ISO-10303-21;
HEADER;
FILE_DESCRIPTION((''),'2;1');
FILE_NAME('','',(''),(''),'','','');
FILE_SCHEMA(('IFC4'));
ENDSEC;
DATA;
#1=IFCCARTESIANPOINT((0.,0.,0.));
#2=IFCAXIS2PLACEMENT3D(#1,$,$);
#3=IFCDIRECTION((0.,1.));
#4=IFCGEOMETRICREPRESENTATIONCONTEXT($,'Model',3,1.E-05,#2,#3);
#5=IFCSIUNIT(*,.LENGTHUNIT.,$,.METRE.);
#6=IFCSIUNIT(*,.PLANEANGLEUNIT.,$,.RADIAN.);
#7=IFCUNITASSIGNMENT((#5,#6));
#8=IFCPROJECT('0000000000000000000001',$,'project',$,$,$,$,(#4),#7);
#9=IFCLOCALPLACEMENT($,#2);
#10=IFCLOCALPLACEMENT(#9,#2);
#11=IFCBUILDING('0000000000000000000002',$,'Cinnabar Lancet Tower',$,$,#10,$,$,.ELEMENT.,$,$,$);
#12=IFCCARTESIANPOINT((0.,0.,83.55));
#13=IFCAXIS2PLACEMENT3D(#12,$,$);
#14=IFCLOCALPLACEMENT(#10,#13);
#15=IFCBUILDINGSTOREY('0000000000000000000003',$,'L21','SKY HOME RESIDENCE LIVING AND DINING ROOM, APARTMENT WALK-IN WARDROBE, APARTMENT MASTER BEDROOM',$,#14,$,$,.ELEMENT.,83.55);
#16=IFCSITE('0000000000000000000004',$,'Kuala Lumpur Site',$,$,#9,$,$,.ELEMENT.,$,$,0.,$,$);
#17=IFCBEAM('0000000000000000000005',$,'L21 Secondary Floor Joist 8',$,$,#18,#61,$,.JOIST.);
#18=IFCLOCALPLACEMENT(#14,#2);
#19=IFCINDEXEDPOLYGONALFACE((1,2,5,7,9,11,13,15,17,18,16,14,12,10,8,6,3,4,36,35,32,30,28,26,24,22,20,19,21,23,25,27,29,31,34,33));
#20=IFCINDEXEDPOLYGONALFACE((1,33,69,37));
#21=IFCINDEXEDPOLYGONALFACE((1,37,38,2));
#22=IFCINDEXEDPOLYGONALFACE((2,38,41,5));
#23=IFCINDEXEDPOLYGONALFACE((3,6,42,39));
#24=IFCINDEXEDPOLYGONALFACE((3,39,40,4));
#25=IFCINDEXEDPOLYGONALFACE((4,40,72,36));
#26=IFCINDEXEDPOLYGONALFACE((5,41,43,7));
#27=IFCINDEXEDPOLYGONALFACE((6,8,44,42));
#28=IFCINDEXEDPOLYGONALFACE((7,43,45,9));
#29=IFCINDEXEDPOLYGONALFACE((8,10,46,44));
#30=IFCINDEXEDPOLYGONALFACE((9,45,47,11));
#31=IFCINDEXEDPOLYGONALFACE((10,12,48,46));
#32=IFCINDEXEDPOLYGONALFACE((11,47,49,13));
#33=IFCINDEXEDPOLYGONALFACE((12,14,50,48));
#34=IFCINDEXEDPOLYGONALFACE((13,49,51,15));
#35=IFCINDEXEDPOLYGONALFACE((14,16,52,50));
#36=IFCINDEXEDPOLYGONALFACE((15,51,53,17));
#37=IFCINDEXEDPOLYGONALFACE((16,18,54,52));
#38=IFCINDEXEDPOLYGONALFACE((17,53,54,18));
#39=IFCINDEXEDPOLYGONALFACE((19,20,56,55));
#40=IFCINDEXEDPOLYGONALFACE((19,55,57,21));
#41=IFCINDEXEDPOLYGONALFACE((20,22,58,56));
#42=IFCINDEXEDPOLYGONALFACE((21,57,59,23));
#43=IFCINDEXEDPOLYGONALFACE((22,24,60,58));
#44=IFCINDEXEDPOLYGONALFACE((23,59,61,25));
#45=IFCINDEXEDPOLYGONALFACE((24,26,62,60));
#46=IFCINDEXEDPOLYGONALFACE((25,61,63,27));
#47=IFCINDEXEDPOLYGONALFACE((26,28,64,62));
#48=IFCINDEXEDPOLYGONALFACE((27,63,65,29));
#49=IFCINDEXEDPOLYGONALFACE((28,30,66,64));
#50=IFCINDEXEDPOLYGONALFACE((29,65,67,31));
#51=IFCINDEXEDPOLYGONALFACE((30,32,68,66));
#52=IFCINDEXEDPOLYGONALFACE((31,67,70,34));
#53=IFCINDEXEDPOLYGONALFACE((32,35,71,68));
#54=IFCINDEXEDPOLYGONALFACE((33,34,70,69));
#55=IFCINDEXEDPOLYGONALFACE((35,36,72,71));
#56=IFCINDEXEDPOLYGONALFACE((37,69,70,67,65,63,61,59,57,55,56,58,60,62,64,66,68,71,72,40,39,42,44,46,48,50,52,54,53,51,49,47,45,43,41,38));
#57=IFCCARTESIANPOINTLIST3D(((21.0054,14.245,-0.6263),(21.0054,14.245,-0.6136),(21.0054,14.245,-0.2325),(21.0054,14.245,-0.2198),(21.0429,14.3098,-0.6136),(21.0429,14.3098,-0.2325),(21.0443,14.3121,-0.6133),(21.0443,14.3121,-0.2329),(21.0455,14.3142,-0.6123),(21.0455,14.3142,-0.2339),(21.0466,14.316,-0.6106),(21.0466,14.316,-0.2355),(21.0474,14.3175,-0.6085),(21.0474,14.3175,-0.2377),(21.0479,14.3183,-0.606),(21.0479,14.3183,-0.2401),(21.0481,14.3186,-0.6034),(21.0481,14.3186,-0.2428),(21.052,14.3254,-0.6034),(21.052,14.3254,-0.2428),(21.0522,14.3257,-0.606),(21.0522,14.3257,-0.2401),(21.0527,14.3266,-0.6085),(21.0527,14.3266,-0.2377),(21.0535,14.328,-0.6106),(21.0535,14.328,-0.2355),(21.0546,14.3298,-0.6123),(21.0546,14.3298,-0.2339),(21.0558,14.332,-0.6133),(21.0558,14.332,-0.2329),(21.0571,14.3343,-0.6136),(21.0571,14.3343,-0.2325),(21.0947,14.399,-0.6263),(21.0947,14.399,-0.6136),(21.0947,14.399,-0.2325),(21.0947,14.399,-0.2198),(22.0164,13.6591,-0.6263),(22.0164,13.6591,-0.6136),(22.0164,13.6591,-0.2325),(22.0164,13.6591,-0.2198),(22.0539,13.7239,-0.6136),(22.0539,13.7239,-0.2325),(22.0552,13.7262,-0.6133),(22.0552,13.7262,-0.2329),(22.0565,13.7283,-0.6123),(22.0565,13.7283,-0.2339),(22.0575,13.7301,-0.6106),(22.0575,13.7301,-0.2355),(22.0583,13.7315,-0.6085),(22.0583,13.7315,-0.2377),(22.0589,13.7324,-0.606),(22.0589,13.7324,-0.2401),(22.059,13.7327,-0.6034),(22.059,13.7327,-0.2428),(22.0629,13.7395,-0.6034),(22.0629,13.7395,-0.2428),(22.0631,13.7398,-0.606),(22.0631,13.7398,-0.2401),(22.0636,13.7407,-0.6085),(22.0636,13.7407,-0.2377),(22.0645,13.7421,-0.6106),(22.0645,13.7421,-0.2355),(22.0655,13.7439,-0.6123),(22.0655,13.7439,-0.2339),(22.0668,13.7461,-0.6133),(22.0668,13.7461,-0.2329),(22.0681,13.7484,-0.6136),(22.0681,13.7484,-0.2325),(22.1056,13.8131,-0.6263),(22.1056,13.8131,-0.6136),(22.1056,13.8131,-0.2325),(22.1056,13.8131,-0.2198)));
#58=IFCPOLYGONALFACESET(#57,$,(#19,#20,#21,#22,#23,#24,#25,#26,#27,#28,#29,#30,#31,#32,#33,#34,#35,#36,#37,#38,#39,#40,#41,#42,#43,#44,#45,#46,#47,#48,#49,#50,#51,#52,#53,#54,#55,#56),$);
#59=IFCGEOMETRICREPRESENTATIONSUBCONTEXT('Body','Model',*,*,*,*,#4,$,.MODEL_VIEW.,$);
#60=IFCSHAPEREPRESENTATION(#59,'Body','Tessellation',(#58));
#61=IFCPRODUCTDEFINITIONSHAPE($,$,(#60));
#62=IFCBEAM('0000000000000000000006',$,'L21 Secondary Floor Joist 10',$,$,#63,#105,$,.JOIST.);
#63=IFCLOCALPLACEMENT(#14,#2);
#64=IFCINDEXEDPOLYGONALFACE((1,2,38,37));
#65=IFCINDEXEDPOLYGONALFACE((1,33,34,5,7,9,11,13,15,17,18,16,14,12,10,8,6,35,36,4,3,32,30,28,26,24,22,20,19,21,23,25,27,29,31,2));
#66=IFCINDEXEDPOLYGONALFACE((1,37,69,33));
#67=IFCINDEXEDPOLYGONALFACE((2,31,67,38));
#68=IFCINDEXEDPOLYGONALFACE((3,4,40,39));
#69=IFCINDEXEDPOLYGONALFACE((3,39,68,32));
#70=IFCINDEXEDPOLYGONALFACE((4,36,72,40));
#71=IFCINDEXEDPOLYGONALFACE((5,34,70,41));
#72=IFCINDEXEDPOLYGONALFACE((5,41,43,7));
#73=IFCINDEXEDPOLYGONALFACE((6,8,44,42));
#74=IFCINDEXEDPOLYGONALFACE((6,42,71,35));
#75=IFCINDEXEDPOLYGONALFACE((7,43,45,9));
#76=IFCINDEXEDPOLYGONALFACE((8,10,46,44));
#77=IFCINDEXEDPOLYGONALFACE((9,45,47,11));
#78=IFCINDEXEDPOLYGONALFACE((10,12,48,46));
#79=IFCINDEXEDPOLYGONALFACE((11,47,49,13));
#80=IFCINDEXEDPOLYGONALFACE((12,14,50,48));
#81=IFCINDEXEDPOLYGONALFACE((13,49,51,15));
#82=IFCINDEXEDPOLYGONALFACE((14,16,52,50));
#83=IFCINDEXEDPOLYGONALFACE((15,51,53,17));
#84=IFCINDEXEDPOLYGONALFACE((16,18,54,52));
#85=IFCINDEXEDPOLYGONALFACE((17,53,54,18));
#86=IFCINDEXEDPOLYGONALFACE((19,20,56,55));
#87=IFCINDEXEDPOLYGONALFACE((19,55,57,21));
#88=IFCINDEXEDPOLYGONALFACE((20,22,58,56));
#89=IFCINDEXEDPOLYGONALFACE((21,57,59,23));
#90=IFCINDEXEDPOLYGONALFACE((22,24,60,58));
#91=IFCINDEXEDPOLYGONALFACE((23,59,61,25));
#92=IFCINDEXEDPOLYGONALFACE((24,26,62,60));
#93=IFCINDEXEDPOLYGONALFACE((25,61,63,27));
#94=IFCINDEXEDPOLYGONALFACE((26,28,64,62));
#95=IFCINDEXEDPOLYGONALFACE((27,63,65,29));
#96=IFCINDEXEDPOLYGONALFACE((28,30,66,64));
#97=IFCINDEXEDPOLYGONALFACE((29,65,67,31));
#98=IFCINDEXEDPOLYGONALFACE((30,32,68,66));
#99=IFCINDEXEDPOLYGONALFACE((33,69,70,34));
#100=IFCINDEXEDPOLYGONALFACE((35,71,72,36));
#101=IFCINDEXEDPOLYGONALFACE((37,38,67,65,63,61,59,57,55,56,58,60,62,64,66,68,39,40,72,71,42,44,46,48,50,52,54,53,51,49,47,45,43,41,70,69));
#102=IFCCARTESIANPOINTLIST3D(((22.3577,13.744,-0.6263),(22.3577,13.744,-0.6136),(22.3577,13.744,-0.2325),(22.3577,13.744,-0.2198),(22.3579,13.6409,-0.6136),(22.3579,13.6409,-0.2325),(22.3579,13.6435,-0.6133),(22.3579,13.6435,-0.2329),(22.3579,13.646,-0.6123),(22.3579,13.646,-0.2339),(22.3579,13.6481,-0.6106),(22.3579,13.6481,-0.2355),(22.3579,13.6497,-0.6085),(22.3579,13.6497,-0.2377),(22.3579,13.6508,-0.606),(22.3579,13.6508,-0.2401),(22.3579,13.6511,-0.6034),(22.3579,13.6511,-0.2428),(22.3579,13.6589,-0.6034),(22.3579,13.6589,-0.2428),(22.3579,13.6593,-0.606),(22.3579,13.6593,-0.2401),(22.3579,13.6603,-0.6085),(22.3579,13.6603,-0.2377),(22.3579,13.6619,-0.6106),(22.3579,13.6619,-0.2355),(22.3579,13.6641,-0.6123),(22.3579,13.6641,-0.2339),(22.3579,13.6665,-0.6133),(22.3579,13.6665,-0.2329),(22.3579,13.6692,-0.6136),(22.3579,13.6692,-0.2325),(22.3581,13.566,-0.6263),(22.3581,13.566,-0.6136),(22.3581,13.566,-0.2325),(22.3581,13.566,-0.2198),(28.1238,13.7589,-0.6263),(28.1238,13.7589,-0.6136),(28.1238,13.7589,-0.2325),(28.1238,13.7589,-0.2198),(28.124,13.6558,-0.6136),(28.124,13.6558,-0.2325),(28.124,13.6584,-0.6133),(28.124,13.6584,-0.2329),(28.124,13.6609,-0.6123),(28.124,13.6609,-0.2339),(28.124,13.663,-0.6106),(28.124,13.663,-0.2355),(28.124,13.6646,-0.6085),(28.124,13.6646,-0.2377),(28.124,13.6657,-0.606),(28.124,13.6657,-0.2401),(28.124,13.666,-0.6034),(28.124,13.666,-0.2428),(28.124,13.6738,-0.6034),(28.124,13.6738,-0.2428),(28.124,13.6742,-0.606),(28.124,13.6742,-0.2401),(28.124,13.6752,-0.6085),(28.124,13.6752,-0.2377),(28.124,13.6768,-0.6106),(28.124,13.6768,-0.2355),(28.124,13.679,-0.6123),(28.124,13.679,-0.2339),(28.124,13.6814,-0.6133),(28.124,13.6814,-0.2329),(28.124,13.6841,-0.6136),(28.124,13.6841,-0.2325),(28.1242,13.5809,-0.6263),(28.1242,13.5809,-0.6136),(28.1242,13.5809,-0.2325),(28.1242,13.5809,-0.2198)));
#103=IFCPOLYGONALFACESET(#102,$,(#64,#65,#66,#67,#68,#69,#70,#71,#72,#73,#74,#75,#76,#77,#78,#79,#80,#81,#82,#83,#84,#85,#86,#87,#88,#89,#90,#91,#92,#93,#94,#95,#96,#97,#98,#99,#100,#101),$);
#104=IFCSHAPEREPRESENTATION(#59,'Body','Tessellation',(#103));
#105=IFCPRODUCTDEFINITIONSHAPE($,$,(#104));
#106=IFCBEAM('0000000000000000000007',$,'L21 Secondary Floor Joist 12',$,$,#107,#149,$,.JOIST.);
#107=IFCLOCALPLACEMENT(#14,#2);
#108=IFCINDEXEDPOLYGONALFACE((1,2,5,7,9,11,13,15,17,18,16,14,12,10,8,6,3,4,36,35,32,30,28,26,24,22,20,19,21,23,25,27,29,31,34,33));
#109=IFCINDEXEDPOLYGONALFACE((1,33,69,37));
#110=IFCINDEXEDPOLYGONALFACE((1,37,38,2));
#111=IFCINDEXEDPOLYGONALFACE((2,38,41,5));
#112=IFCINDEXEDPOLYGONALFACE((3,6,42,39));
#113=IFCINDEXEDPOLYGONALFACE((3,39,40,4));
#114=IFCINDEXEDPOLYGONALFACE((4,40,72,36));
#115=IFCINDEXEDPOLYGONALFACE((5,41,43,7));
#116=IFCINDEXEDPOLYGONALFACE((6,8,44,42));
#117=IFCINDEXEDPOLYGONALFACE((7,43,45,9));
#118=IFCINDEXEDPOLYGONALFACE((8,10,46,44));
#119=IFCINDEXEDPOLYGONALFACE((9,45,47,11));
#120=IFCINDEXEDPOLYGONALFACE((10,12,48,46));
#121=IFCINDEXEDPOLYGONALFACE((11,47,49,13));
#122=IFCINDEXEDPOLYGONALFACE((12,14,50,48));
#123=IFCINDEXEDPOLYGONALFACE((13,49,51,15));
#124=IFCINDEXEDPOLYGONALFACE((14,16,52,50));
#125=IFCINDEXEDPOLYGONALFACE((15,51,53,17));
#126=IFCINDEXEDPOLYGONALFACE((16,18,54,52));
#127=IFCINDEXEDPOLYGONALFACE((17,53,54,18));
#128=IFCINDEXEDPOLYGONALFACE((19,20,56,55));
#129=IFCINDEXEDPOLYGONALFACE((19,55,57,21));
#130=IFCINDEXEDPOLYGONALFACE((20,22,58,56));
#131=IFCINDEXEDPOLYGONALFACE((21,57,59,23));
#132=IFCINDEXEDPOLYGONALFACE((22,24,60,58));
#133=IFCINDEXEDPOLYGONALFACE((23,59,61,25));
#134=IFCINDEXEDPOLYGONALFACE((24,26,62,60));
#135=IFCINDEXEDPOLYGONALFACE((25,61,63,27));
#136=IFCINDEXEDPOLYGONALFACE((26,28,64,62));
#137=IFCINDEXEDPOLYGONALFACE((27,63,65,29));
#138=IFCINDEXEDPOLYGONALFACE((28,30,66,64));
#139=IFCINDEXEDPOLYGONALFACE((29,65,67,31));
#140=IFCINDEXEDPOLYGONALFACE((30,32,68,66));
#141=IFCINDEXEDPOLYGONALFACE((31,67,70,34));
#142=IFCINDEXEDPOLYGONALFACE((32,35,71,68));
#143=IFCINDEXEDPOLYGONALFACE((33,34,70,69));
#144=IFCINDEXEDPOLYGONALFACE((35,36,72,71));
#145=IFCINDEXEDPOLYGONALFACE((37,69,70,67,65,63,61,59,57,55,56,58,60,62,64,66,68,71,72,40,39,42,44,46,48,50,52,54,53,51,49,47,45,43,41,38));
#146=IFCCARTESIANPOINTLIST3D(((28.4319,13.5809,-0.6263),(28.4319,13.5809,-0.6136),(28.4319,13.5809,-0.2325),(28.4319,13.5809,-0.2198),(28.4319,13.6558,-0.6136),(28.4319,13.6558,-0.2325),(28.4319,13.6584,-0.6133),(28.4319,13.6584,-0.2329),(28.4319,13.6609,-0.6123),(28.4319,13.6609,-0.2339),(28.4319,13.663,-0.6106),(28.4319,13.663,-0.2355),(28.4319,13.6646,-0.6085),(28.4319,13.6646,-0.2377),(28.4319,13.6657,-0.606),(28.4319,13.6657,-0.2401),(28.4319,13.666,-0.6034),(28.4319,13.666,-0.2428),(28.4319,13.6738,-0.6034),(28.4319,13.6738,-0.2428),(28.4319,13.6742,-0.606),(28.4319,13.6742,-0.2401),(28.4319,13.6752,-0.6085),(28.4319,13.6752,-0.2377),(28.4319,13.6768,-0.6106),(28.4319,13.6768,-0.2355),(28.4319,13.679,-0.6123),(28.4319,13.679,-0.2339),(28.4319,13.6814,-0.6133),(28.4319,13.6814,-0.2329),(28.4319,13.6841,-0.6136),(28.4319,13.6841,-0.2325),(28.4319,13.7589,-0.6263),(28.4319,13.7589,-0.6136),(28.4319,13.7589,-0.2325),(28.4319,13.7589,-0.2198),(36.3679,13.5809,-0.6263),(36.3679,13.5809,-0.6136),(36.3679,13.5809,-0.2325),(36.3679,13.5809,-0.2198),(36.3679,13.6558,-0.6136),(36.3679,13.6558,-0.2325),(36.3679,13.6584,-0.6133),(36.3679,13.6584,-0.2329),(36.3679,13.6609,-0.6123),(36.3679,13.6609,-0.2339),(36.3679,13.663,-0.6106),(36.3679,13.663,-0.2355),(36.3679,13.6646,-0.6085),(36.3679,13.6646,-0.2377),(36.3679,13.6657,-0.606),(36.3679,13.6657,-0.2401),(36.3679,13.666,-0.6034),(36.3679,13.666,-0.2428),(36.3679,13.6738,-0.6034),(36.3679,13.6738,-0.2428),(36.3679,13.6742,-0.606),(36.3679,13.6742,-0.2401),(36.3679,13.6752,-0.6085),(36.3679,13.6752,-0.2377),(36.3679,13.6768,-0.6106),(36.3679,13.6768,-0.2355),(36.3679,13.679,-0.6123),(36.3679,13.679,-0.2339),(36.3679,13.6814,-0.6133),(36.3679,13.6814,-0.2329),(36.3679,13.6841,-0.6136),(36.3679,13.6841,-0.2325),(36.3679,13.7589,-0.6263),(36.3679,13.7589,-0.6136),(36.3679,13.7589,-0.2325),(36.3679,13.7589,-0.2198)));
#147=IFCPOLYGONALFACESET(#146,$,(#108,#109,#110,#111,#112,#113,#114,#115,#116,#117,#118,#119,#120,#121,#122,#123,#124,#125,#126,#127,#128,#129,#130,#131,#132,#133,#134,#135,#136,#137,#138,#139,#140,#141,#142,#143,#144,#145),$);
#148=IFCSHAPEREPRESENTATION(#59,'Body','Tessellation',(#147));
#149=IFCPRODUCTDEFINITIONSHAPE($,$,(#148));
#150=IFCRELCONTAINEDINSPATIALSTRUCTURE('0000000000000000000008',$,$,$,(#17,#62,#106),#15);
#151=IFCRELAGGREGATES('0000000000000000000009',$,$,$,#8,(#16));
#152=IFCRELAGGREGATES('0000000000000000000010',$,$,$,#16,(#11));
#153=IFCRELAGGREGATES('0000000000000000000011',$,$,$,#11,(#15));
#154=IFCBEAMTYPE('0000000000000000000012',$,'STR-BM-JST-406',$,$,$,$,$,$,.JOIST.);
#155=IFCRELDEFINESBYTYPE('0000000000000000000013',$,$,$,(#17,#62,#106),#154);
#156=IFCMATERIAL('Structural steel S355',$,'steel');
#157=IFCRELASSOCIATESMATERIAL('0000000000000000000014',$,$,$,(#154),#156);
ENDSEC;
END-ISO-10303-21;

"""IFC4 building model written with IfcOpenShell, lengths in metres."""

from ifc_helpers import new_model, si_unit, direction, frame, origin, origin_2d, place, context, subcontext, project, spatial, i_section, extrude, material, material_profile, profile_set, type_object, element, save


model = new_model("IFC4")

# Units and contexts
model_context = context("Model", 3, precision=1e-05, world=origin(), true_north=direction((0.0, 1.0)))
body_context = subcontext(model_context, "Body", "Model", "MODEL_VIEW")
ifc_project = project(units=[si_unit("LENGTHUNIT", "METRE"), si_unit("PLANEANGLEUNIT", "RADIAN")], contexts=[model_context])

# Site, building, storey
site_placement = place(None, origin())
site = spatial("IfcSite", under=ifc_project, at=site_placement, Name="Kuala Lumpur Site", CompositionType="ELEMENT", RefElevation=0.0)
building_placement = place(site_placement, origin())
building = spatial("IfcBuilding", under=site, at=building_placement, Name="Cinnabar Lancet Tower", CompositionType="ELEMENT")
storey_placement = place(building_placement, frame((0.0, 0.0, 83.55)))
storey = spatial("IfcBuildingStorey", under=building, at=storey_placement, Name="L21", Description="SKY HOME RESIDENCE LIVING AND DINING ROOM, APARTMENT WALK-IN WARDROBE, APARTMENT MASTER BEDROOM", CompositionType="ELEMENT", Elevation=83.55)

# Beams
ifc_material_1 = material(Name="Structural steel S355", Category="steel")
ifc_material_profile_1 = material_profile(ifc_material_1, i_section(OverallWidth=0.178, OverallDepth=0.4065, WebThickness=0.0078, FlangeThickness=0.0127, FilletRadius=0.0103, at=origin_2d()), Name="UKB 406x178x60")
ifc_profile_set_1 = profile_set([ifc_material_profile_1], Name="Structural steel S355")
beam_type_1 = type_object("IfcBeamType", Name="STR-BM-JST-406", PredefinedType="JOIST", material=ifc_profile_set_1)
beam_1_placement = place(storey_placement, frame((21.05, 14.322, -0.4231), z_axis=(0.865193, -0.50144, 0.0), x_axis=(0.50144, 0.865193, 0.0)))
element("IfcBeam", 1, at=beam_1_placement, inside=storey, type_object=beam_type_1, Name="L21 Secondary Floor Joist 8", PredefinedType="JOIST", context=body_context, shape_type="SweptSolid", body=[
    extrude(i_section(OverallWidth=0.178, OverallDepth=0.4065, WebThickness=0.0078, FlangeThickness=0.0127, FilletRadius=0.0103, at=origin_2d()), origin(), (0.0, 0.0, 1.0), 1.1685),
])
beam_2_placement = place(storey_placement, frame((22.3579, 13.655, -0.4231), z_axis=(0.999997, 0.002583, 0.0), x_axis=(-0.002583, 0.999997, 0.0)))
element("IfcBeam", 2, at=beam_2_placement, inside=storey, type_object=beam_type_1, Name="L21 Secondary Floor Joist 10", PredefinedType="JOIST", context=body_context, shape_type="SweptSolid", body=[
    extrude(i_section(OverallWidth=0.178, OverallDepth=0.4065, WebThickness=0.0078, FlangeThickness=0.0127, FilletRadius=0.0103, at=origin_2d()), origin(), (0.0, 0.0, 1.0), 5.7661),
])
beam_3_placement = place(storey_placement, frame((28.4319, 13.6699, -0.4231), z_axis=(1.0, 0.0, 0.0), x_axis=(0.0, 1.0, 0.0)))
element("IfcBeam", 3, at=beam_3_placement, inside=storey, type_object=beam_type_1, Name="L21 Secondary Floor Joist 12", PredefinedType="JOIST", context=body_context, shape_type="SweptSolid", body=[
    extrude(i_section(OverallWidth=0.178, OverallDepth=0.4065, WebThickness=0.0078, FlangeThickness=0.0127, FilletRadius=0.0103, at=origin_2d()), origin(), (0.0, 0.0, 1.0), 7.936),
])

save(model, "model.ifc")
